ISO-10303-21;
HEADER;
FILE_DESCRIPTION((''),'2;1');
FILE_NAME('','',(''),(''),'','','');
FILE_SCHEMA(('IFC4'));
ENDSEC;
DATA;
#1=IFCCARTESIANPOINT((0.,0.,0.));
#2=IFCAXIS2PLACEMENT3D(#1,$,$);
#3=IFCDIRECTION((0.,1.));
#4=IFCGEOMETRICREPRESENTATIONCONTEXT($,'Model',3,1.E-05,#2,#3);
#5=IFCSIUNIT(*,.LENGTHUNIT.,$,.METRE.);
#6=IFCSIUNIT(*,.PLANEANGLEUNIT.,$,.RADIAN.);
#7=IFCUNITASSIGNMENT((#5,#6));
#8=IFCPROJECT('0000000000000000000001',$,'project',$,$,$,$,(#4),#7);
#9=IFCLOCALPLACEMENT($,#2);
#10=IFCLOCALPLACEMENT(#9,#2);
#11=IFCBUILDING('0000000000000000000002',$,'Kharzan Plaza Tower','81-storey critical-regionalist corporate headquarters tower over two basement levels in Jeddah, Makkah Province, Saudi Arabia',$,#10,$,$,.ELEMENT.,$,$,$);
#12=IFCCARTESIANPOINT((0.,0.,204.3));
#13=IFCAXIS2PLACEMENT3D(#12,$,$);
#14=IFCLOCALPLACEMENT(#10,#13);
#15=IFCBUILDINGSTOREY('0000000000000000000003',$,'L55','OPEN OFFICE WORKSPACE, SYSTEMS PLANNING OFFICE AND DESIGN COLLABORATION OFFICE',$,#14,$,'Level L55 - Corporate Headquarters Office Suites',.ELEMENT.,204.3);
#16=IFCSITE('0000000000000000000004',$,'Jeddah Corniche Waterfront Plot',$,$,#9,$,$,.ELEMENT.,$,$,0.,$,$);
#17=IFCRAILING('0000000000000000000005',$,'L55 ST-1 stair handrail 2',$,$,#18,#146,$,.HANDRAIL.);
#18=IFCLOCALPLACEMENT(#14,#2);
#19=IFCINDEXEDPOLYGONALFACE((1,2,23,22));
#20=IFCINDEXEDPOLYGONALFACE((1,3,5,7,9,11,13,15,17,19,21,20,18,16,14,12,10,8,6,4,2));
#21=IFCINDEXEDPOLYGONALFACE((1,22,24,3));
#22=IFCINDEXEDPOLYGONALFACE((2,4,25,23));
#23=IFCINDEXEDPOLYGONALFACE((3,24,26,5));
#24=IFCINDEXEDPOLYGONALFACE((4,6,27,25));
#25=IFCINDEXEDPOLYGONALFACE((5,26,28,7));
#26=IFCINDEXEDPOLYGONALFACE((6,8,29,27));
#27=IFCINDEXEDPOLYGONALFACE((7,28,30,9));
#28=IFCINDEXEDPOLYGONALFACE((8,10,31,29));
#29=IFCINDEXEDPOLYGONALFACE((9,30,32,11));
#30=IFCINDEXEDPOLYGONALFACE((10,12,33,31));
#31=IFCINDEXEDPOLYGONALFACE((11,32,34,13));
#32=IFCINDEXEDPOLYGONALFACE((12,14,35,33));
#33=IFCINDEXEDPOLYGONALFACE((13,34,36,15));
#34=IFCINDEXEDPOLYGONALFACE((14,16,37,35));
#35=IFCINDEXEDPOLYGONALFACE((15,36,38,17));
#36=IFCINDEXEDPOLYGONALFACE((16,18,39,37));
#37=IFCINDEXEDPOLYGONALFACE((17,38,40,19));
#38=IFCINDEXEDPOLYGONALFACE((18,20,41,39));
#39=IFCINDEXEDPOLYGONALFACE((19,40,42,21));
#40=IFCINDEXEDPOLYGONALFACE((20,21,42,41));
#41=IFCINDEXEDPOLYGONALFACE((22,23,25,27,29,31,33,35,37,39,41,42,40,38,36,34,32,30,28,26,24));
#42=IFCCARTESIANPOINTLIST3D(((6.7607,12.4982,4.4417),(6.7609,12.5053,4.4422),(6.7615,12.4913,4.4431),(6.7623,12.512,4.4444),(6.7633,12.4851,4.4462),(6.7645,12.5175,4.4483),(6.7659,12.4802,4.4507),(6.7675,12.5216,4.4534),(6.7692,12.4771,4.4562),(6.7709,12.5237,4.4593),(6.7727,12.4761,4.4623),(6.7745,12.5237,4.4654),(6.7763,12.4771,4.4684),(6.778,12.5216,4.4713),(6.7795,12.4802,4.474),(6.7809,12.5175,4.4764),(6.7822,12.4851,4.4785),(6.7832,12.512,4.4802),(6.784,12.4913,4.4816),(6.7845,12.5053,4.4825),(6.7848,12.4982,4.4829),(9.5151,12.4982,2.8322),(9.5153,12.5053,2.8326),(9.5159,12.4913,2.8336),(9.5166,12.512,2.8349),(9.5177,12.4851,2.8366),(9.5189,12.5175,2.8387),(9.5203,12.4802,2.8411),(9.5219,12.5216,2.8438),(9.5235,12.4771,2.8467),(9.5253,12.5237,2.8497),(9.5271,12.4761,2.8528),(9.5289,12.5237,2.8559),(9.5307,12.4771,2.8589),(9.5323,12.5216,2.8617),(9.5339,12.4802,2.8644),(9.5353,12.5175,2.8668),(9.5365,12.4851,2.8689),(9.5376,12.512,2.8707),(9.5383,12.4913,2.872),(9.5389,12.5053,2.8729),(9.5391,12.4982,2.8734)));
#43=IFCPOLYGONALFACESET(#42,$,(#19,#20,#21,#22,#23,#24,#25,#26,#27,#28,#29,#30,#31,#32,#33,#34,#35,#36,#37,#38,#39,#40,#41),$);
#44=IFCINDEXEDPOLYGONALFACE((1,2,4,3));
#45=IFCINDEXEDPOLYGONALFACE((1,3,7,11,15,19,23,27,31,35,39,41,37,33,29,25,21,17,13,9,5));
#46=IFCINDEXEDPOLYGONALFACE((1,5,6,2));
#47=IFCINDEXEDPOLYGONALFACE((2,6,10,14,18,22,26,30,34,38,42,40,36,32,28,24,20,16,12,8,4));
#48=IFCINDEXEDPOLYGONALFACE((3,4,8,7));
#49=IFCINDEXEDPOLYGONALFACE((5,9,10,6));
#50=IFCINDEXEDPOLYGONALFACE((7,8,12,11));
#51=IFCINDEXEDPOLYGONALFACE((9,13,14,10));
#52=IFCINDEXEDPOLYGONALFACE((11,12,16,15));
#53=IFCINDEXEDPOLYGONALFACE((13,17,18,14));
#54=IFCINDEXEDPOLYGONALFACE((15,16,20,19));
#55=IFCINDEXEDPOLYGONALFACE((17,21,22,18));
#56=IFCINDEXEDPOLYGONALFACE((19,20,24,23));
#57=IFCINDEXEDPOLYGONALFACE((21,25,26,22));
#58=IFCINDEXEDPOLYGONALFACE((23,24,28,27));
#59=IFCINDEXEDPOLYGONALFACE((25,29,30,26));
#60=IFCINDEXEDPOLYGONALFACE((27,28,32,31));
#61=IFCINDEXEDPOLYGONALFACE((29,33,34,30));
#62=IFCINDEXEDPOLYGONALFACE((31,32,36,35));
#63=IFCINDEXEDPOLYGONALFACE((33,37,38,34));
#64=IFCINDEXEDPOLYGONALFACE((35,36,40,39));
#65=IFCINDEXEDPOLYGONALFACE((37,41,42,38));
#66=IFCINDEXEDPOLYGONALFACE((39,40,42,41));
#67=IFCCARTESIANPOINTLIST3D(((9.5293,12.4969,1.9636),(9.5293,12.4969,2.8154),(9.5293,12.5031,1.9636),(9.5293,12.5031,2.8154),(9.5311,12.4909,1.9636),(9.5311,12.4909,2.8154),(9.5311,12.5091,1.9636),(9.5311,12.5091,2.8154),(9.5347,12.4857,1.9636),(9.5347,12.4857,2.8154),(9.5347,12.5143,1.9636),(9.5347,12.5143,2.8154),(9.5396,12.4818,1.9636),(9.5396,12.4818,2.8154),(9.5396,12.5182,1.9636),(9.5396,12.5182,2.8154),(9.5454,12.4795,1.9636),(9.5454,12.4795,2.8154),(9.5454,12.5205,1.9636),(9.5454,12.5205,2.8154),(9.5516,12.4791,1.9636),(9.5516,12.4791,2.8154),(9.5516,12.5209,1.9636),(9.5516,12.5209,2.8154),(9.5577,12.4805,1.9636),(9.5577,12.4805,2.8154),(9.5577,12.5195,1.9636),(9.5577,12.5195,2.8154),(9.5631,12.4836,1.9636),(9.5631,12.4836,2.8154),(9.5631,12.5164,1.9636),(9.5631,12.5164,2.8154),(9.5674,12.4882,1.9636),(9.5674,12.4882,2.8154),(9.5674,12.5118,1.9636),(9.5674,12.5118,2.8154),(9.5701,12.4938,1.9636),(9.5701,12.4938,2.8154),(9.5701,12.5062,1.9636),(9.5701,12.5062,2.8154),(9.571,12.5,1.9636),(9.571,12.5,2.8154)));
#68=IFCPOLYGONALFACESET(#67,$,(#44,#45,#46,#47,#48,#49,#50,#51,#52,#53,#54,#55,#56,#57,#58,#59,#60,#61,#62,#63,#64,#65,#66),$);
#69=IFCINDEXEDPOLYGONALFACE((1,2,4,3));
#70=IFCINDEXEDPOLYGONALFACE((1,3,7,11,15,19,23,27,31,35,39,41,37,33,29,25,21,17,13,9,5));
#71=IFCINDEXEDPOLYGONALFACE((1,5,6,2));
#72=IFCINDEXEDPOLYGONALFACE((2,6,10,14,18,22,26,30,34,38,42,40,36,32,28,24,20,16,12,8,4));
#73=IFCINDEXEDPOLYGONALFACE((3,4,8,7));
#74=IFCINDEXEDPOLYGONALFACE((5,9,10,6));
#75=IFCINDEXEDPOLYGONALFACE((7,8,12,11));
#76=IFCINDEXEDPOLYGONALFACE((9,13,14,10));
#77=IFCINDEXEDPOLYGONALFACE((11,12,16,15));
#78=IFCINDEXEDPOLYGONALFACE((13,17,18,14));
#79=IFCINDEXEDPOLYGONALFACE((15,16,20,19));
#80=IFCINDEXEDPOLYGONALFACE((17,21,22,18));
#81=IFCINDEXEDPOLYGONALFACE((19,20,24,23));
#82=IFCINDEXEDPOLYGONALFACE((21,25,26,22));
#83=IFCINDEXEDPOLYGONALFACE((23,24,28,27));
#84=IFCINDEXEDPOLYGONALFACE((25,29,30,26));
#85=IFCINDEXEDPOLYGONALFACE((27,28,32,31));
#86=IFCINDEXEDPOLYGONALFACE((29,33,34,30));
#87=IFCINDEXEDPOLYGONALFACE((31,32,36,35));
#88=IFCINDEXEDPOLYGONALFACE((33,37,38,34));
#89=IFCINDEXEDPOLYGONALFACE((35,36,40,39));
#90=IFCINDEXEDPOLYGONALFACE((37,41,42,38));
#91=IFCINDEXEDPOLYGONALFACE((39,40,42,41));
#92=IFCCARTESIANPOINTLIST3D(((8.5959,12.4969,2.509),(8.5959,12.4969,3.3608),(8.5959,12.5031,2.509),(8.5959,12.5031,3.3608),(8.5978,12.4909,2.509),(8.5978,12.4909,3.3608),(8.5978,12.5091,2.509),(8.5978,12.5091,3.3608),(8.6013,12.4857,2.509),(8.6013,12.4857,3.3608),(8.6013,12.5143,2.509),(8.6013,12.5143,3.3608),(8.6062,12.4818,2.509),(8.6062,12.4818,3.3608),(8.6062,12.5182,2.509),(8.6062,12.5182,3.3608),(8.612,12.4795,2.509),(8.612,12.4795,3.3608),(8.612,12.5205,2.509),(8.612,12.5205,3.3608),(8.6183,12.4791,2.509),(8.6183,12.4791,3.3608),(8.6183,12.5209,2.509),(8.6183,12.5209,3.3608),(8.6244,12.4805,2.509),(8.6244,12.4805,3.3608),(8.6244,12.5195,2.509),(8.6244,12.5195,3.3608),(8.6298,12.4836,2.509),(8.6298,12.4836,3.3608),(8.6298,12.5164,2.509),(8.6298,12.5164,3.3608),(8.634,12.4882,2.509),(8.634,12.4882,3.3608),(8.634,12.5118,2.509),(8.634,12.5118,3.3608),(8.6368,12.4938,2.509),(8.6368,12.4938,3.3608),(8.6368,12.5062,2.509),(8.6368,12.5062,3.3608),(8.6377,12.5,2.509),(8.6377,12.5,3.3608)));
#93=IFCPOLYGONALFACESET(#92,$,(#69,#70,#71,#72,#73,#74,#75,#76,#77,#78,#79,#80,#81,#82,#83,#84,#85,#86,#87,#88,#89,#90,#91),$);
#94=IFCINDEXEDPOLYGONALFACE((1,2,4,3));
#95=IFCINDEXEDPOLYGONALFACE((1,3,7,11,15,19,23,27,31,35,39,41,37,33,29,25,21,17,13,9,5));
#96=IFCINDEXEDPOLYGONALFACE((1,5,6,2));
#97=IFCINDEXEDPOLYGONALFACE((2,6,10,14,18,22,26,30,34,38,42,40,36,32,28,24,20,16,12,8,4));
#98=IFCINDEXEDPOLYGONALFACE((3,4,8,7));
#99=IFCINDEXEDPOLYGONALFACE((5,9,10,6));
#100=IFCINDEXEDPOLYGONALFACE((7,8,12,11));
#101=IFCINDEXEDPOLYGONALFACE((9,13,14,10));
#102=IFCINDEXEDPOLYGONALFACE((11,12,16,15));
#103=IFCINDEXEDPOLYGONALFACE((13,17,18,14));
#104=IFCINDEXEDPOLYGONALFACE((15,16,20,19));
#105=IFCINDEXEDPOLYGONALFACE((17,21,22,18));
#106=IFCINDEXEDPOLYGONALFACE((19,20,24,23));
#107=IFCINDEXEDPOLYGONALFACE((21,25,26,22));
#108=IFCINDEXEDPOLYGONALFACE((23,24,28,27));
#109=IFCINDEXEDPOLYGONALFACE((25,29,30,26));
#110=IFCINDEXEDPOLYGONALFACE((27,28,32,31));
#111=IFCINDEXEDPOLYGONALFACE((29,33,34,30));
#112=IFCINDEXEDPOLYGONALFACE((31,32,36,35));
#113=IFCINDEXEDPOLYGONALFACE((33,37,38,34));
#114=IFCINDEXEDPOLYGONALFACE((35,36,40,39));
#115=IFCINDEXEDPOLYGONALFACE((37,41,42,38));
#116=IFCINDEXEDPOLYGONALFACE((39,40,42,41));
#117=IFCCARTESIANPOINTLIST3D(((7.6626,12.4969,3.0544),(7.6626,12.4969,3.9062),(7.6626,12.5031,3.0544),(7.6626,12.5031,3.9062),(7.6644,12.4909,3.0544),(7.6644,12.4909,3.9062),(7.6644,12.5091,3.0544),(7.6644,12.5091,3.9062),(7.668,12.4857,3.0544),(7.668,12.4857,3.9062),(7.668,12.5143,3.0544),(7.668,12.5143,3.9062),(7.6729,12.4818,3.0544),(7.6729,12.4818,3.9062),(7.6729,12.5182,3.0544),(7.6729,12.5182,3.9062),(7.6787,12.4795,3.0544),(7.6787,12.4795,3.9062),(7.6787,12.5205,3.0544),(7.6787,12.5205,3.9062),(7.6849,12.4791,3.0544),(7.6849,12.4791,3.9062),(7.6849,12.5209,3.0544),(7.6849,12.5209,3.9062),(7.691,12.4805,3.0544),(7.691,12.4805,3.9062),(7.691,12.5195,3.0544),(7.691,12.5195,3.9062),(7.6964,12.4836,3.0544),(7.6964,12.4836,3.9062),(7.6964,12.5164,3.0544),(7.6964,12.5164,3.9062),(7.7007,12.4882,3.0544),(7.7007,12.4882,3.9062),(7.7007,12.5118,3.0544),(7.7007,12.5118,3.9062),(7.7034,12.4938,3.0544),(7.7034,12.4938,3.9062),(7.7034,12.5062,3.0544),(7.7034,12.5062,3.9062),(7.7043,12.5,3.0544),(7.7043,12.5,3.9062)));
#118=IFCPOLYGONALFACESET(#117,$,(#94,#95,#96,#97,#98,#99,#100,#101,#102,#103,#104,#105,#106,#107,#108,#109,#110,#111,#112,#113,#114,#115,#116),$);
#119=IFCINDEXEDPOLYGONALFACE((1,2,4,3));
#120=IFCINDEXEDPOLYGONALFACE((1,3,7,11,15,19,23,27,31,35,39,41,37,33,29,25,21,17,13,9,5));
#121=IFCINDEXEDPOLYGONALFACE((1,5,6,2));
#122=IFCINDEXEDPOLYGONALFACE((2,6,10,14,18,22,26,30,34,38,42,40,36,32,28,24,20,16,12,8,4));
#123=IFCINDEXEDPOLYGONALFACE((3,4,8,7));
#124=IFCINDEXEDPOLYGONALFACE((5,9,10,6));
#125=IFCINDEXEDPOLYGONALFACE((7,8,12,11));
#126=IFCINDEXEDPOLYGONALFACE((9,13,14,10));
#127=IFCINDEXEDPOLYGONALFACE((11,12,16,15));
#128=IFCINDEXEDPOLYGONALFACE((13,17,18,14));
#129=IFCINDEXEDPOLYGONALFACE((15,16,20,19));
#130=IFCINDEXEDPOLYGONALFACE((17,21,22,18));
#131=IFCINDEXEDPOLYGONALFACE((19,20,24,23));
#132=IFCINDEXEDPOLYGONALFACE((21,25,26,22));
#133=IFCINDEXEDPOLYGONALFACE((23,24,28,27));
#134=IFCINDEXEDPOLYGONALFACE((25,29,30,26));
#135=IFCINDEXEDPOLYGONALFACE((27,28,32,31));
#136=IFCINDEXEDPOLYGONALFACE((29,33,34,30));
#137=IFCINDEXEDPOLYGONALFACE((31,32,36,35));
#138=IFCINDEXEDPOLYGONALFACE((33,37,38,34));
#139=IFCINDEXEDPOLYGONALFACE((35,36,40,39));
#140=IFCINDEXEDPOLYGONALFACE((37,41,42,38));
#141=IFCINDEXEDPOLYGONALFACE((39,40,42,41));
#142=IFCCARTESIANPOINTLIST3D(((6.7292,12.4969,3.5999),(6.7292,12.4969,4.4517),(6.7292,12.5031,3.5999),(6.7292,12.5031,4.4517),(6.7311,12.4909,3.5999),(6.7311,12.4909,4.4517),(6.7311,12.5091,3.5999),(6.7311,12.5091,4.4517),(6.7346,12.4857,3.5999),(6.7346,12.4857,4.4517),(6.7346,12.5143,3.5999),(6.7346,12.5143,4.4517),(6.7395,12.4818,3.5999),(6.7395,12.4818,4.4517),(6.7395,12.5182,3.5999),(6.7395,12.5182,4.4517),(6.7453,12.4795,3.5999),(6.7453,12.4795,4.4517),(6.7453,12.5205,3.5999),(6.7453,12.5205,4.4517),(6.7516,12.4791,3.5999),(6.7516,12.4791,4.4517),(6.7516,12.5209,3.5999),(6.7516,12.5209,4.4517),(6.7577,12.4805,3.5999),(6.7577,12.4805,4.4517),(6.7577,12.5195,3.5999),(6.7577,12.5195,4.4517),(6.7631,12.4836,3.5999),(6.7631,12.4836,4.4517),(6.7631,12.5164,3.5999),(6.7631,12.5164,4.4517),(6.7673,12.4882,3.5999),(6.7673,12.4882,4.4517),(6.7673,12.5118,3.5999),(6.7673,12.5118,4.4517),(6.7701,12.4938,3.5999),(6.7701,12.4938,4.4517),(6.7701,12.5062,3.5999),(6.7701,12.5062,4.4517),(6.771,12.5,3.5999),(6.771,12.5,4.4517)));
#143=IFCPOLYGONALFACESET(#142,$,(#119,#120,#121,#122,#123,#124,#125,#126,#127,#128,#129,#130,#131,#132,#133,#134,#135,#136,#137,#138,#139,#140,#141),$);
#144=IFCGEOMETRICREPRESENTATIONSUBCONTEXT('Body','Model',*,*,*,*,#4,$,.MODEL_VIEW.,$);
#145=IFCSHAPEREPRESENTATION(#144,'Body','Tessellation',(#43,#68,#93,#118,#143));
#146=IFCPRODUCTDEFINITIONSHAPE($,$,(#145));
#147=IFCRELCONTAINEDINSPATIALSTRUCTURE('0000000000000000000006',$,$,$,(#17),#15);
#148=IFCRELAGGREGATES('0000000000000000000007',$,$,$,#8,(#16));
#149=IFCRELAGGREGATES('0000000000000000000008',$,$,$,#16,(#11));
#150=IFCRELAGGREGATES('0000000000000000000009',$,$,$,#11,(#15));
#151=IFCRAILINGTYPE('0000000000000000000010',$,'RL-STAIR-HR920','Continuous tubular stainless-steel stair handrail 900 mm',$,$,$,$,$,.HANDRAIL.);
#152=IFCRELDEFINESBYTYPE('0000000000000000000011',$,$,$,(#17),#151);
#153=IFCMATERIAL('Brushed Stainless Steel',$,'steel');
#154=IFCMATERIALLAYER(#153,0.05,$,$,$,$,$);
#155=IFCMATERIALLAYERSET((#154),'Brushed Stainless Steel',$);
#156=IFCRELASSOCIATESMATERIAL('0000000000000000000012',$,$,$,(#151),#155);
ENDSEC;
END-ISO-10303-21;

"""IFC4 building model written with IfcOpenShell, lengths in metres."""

from ifc_helpers import new_model, si_unit, direction, frame, origin, origin_2d, place, context, subcontext, project, spatial, circle, extrude, source, transform, mapped, material, layer, layer_set, type_object, element, save


model = new_model("IFC4")

# Units and contexts
model_context = context("Model", 3, precision=1e-05, world=origin(), true_north=direction((0.0, 1.0)))
body_context = subcontext(model_context, "Body", "Model", "MODEL_VIEW")
ifc_project = project(units=[si_unit("LENGTHUNIT", "METRE"), si_unit("PLANEANGLEUNIT", "RADIAN")], contexts=[model_context])

# Site, building, storey
site_placement = place(None, origin())
site = spatial("IfcSite", under=ifc_project, at=site_placement, Name="Jeddah Corniche Waterfront Plot", CompositionType="ELEMENT", RefElevation=0.0)
building_placement = place(site_placement, origin())
building = spatial("IfcBuilding", under=site, at=building_placement, Name="Kharzan Plaza Tower", Description="81-storey critical-regionalist corporate headquarters tower over two basement levels in Jeddah, Makkah Province, Saudi Arabia", CompositionType="ELEMENT")
storey_placement = place(building_placement, frame((0.0, 0.0, 204.3)))
storey = spatial("IfcBuildingStorey", under=building, at=storey_placement, Name="L55", Description="OPEN OFFICE WORKSPACE, SYSTEMS PLANNING OFFICE AND DESIGN COLLABORATION OFFICE", LongName="Level L55 - Corporate Headquarters Office Suites", CompositionType="ELEMENT", Elevation=204.3)

# Shared definitions
ifc_material_1 = material(Name="Brushed Stainless Steel", Category="steel")

# Railing
ifc_layer_1 = layer(ifc_material_1, 0.05)
ifc_layer_set_1 = layer_set([ifc_layer_1], Name="Brushed Stainless Steel")
railing_type_1 = type_object("IfcRailingType", Name="RL-STAIR-HR920", Description="Continuous tubular stainless-steel stair handrail 900 mm", PredefinedType="HANDRAIL", material=ifc_layer_set_1)
shared_shape_1 = source(origin(), body_context, "Body", "SweptSolid", [
    extrude(circle(Radius=0.0239, at=origin_2d()), frame((-0.0229, 0.0, 0.8892), z_axis=(-0.863394, 0.0, 0.504531), x_axis=(0.0, -1.0, 0.0)), (0.0, 0.0, 1.0), 3.1902),
    extrude(circle(Radius=0.021, at=origin_2d()), origin(), (0.0, 0.0, 1.0), 0.8518),
    extrude(circle(Radius=0.021, at=origin_2d()), frame((-0.9333, 0.0, 0.5454)), (0.0, 0.0, 1.0), 0.8518),
    extrude(circle(Radius=0.021, at=origin_2d()), frame((-1.8667, 0.0, 1.0908)), (0.0, 0.0, 1.0), 0.8518),
    extrude(circle(Radius=0.021, at=origin_2d()), frame((-2.8, 0.0, 1.6362)), (0.0, 0.0, 1.0), 0.8518),
])
railing_1_placement = place(storey_placement, frame((9.55, 12.5, 1.9636)))
element("IfcRailing", 1, at=railing_1_placement, inside=storey, type_object=railing_type_1, Name="L55 ST-1 stair handrail 2", PredefinedType="HANDRAIL", context=body_context, shape_type="MappedRepresentation", body=[
    mapped(shared_shape_1, transform((0.0, 0.0, 0.0), x_axis=(1.0, 0.0, 0.0), y_axis=(0.0, 1.0, 0.0), z_axis=(0.0, 0.0, 1.0))),
])

save(model, "model.ifc")
